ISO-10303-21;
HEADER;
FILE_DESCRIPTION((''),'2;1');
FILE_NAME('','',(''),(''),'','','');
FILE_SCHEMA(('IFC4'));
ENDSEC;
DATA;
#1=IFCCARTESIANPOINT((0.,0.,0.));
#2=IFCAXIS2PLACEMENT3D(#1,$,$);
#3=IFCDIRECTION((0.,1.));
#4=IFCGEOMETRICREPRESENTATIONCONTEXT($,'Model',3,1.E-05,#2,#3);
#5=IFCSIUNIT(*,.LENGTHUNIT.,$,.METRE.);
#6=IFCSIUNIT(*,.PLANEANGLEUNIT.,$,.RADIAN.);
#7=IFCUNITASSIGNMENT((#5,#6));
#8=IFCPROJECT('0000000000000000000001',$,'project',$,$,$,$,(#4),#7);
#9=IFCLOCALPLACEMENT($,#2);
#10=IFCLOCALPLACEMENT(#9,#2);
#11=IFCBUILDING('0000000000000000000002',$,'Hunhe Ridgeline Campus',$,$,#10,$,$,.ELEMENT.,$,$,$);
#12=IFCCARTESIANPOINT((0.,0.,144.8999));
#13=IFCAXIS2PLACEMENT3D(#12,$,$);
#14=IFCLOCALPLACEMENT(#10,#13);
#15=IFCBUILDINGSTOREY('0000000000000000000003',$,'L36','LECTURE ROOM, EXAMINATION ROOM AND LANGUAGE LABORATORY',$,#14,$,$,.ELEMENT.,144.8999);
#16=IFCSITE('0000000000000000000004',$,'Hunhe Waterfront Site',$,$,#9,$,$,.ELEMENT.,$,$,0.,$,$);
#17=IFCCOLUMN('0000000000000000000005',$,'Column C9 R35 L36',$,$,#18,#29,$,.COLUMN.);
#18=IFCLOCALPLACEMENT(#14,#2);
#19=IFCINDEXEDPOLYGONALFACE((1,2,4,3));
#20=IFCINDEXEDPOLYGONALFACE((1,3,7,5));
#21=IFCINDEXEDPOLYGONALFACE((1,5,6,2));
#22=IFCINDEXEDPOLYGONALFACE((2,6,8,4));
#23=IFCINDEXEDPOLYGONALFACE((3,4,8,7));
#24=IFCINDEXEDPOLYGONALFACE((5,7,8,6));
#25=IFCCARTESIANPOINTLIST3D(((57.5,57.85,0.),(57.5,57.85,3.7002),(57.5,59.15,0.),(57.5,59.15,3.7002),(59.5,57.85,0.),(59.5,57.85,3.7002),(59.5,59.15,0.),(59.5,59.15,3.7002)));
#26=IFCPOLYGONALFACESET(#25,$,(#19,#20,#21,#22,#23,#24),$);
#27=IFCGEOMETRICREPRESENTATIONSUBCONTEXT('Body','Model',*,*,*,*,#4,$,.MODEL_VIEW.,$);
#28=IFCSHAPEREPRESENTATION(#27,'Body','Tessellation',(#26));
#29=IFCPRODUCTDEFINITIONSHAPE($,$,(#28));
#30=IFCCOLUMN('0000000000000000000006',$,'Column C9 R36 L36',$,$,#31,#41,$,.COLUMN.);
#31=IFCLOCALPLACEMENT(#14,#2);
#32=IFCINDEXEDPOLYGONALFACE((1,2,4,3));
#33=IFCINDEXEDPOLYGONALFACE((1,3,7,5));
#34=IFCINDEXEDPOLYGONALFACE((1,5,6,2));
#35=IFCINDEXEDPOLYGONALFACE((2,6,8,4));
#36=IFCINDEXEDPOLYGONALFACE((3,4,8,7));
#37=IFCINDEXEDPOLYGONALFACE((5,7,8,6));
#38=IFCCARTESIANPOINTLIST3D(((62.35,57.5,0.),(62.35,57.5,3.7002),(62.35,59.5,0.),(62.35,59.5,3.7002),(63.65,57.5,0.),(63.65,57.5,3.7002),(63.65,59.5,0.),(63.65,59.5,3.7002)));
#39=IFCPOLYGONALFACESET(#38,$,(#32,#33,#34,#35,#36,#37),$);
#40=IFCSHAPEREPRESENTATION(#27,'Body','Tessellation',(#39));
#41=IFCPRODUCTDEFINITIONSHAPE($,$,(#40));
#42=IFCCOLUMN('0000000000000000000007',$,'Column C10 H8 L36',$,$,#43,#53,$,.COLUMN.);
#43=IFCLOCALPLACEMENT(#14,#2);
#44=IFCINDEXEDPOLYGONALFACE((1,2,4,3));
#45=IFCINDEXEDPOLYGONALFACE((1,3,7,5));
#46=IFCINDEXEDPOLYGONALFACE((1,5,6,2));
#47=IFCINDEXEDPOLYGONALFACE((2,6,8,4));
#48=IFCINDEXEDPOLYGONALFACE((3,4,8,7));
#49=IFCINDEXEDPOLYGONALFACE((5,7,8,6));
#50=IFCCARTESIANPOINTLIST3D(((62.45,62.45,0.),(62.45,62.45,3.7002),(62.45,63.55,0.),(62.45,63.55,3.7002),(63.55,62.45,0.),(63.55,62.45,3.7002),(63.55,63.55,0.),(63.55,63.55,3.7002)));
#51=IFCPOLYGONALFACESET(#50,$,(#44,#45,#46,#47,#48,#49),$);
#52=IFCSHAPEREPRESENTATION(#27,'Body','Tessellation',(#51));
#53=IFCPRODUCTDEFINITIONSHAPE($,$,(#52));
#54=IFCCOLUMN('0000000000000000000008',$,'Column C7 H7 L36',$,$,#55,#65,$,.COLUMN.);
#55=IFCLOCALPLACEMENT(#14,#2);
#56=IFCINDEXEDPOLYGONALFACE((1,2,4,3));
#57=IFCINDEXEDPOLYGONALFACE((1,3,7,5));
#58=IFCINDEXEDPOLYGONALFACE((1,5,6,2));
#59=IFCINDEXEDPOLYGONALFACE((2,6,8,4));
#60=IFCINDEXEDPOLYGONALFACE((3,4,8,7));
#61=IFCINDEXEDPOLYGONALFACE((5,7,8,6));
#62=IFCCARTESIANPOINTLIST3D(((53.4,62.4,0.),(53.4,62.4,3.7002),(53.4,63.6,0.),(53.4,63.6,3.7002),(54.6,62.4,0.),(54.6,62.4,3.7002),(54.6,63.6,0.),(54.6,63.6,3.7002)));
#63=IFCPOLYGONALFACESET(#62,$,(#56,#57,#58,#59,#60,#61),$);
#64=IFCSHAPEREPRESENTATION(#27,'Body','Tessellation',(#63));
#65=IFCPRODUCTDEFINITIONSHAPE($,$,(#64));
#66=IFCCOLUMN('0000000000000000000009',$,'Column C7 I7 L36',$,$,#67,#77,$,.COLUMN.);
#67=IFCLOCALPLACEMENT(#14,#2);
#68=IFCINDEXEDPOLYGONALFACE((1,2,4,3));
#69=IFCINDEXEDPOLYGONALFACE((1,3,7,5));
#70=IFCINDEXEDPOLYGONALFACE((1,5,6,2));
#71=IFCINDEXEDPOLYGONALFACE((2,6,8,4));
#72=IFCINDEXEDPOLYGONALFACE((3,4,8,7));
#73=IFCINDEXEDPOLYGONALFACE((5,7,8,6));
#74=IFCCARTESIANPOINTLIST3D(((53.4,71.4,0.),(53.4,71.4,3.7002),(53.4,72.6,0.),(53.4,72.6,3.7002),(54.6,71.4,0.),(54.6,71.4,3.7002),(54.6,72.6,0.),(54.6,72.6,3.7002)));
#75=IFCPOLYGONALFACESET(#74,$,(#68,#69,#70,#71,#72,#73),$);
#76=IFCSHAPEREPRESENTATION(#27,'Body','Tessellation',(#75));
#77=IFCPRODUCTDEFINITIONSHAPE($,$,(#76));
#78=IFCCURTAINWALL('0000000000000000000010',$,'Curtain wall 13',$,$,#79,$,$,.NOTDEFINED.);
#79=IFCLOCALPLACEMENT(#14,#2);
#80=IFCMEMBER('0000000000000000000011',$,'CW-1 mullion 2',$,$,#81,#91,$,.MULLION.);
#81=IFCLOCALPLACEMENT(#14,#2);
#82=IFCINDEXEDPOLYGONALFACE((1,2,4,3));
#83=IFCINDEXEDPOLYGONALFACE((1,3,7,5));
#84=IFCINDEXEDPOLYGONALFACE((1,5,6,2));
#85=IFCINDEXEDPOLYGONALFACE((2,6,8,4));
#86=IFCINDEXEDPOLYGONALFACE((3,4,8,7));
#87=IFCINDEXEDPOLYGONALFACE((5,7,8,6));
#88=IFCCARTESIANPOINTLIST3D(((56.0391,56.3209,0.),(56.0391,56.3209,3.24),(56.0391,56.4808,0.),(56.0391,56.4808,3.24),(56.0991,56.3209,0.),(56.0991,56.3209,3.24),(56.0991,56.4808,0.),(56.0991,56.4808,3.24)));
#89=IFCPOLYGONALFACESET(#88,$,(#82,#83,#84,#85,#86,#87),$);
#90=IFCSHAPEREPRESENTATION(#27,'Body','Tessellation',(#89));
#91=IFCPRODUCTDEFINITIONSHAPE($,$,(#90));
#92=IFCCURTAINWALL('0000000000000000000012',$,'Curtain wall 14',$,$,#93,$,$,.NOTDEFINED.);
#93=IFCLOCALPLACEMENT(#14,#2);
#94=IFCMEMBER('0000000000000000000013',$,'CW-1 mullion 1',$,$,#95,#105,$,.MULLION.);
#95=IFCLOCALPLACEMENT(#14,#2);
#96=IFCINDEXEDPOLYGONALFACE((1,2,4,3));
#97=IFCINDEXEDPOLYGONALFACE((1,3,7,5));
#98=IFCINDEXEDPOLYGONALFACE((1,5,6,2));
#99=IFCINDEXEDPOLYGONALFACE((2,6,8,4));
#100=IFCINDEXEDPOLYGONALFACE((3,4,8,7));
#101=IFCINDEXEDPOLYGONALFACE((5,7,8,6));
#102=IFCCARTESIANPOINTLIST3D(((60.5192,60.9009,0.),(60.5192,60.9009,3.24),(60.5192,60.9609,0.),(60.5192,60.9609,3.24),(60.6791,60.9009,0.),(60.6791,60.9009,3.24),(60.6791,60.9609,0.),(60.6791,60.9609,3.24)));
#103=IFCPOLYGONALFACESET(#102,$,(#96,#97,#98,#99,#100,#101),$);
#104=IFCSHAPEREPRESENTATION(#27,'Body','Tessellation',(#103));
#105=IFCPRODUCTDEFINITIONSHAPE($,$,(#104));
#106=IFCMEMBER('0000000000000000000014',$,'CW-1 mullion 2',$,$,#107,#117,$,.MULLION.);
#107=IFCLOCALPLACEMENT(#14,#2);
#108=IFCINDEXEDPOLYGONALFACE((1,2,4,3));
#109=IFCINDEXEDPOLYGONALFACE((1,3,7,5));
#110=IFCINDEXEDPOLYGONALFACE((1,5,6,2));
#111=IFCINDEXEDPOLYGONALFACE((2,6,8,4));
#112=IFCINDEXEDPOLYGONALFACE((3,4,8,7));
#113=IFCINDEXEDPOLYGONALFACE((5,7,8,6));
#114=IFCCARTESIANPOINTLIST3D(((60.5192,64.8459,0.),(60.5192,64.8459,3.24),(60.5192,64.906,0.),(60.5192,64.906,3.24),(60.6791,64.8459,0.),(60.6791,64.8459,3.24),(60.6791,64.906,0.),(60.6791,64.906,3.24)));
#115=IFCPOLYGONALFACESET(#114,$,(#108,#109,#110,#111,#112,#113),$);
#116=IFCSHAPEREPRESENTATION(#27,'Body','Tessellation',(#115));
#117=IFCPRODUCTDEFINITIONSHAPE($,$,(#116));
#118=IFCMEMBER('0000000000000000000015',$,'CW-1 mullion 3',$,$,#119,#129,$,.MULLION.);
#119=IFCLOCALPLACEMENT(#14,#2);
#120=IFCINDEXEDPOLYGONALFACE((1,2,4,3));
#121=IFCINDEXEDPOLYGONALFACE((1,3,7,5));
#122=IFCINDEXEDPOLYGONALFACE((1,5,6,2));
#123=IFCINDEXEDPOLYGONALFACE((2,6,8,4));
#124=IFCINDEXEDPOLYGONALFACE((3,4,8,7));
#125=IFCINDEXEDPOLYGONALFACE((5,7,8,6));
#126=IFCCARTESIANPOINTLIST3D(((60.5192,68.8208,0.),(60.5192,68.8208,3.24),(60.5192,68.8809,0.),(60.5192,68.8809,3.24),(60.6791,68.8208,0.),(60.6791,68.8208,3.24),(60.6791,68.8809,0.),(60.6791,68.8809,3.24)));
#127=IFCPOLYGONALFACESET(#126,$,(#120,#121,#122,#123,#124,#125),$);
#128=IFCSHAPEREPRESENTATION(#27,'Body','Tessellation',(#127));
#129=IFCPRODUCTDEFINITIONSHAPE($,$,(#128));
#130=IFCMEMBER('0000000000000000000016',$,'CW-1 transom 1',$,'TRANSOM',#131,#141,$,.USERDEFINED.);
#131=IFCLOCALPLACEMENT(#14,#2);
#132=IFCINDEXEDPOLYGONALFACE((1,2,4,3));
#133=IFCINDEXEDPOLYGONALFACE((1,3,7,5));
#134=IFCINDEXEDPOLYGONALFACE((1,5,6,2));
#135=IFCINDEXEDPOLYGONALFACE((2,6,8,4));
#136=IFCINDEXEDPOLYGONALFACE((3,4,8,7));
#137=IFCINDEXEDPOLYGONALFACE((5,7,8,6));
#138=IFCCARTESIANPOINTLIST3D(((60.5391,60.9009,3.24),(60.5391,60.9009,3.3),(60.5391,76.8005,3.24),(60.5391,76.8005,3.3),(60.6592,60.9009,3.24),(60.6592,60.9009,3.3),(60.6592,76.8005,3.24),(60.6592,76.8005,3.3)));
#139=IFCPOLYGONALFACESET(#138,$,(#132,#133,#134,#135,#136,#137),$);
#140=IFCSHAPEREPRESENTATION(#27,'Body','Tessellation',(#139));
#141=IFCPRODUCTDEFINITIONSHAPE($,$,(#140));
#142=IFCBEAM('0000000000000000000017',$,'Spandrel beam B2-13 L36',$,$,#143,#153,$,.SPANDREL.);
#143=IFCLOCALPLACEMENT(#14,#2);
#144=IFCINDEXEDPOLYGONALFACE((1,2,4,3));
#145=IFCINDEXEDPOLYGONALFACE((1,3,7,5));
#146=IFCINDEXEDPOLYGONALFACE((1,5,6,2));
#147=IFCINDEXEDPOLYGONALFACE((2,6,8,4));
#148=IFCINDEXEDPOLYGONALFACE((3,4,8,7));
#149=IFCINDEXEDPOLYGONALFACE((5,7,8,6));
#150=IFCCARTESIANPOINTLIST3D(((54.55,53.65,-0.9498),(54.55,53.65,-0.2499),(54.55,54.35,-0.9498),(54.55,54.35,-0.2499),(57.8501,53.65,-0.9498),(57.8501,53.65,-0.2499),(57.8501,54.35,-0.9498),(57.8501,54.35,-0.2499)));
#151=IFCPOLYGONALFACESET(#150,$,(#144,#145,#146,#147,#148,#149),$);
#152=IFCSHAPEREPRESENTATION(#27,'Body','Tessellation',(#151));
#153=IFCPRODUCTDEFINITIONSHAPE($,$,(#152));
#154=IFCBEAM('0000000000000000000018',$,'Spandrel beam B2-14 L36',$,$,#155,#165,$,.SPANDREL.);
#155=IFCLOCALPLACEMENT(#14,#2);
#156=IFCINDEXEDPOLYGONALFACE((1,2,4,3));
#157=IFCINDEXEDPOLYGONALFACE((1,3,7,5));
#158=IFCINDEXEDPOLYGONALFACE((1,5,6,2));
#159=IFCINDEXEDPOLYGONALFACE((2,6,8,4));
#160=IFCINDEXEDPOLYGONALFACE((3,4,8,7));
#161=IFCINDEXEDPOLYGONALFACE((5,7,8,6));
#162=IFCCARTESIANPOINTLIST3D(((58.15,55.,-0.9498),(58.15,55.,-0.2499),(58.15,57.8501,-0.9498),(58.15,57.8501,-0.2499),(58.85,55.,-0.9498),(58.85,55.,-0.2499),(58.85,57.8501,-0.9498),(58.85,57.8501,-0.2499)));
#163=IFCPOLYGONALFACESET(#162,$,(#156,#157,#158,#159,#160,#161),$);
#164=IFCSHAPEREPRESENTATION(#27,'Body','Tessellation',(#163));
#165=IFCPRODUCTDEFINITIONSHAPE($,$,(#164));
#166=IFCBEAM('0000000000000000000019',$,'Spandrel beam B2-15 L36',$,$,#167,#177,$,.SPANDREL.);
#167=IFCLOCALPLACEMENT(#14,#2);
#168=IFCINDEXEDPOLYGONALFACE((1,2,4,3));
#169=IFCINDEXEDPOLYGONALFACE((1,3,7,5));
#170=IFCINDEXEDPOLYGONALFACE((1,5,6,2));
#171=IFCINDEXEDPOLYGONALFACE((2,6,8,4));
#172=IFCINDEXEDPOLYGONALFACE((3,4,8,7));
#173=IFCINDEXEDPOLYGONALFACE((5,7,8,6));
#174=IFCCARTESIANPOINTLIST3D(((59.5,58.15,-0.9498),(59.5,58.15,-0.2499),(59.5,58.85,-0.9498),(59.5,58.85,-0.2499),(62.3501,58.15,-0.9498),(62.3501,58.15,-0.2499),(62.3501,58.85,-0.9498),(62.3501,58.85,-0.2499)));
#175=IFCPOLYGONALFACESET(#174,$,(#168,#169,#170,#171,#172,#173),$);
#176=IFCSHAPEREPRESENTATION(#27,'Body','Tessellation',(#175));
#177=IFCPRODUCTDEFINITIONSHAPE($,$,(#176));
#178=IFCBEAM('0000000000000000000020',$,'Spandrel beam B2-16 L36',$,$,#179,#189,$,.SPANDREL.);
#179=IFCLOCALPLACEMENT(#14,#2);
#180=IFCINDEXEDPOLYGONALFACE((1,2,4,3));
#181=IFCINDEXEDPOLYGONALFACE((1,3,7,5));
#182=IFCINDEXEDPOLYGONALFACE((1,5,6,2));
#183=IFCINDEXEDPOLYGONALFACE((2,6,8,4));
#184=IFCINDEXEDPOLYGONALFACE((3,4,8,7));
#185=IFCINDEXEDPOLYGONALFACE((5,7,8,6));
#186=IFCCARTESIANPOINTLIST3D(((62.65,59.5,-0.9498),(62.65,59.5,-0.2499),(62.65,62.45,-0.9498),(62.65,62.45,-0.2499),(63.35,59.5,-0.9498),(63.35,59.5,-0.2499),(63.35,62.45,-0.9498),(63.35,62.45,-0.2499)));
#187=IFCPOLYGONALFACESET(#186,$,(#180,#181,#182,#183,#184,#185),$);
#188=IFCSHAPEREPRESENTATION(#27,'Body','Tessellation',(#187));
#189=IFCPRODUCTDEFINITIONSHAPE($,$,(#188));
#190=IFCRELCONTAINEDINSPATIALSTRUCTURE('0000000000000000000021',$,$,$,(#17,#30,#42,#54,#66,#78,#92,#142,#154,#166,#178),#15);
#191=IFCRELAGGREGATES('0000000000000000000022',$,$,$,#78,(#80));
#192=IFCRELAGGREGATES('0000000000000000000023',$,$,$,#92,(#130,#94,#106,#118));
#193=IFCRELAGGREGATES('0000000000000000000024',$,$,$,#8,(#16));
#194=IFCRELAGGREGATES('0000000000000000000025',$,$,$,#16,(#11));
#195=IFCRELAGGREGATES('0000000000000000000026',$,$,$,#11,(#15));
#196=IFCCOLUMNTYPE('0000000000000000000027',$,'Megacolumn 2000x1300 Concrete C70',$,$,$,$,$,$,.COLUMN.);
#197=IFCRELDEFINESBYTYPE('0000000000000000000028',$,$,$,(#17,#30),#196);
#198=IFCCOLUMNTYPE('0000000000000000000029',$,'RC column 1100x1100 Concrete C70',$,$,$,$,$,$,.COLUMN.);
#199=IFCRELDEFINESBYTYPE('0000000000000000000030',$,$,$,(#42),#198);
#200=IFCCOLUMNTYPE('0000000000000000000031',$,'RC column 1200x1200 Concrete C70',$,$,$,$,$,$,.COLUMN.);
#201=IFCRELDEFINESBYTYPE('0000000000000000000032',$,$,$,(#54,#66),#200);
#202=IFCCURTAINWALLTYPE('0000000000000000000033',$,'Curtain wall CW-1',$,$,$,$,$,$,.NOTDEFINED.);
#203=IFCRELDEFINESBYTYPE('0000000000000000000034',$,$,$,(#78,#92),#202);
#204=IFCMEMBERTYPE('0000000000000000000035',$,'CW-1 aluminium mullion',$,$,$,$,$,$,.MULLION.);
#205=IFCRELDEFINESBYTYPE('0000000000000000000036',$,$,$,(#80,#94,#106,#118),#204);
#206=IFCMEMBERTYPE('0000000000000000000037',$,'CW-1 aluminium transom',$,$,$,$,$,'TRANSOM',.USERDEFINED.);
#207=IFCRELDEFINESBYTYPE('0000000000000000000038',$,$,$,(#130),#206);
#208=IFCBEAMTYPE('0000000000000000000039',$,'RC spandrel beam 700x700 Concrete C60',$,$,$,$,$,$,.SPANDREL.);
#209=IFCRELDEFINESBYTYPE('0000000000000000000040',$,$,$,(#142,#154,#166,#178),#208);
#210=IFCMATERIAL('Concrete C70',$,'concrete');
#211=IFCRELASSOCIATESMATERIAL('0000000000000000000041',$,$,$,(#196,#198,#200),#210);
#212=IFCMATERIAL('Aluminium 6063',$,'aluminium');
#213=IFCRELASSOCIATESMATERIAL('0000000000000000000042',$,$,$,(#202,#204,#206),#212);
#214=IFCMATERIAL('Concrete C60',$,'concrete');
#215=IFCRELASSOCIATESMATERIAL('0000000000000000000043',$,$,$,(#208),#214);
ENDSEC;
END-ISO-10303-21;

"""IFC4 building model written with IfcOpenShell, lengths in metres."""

from ifc_helpers import new_model, si_unit, direction, frame, origin, origin_2d, place, context, subcontext, project, spatial, rectangle, extrude, material, material_profile, profile_set, type_object, element, aggregate, save


model = new_model("IFC4")

# Units and contexts
model_context = context("Model", 3, precision=1e-05, world=origin(), true_north=direction((0.0, 1.0)))
body_context = subcontext(model_context, "Body", "Model", "MODEL_VIEW")
ifc_project = project(units=[si_unit("LENGTHUNIT", "METRE"), si_unit("PLANEANGLEUNIT", "RADIAN")], contexts=[model_context])

# Site, building, storey
site_placement = place(None, origin())
site = spatial("IfcSite", under=ifc_project, at=site_placement, Name="Hunhe Waterfront Site", CompositionType="ELEMENT", RefElevation=0.0)
building_placement = place(site_placement, origin())
building = spatial("IfcBuilding", under=site, at=building_placement, Name="Hunhe Ridgeline Campus", CompositionType="ELEMENT")
storey_placement = place(building_placement, frame((0.0, 0.0, 144.8999)))
storey = spatial("IfcBuildingStorey", under=building, at=storey_placement, Name="L36", Description="LECTURE ROOM, EXAMINATION ROOM AND LANGUAGE LABORATORY", CompositionType="ELEMENT", Elevation=144.8999)

# Columns
ifc_material_1 = material(Name="Concrete C70", Category="concrete")
ifc_material_profile_1 = material_profile(ifc_material_1, rectangle(XDim=2.0, YDim=1.3, at=origin_2d()))
ifc_profile_set_1 = profile_set([ifc_material_profile_1], Name="Concrete C70")
column_type_1 = type_object("IfcColumnType", Name="Megacolumn 2000x1300 Concrete C70", PredefinedType="COLUMN", material=ifc_profile_set_1)
for number, where, z_axis, x_axis, name in (
    (1, (58.5, 58.5, 0.0), (0.0, 0.0, 1.0), (1.0, 0.0, 0.0), "Column C9 R35 L36"),
    (2, (63.0, 58.5, 0.0), (0.0, 0.0, 1.0), (0.0, 1.0, 0.0), "Column C9 R36 L36"),
):
    element("IfcColumn", number, at=place(storey_placement, frame(where, z_axis=z_axis, x_axis=x_axis)), inside=storey, type_object=column_type_1, Name=name, PredefinedType="COLUMN", context=body_context, shape_type="SweptSolid", body=[
        extrude(rectangle(XDim=2.0, YDim=1.3, at=origin_2d()), origin(), (0.0, 0.0, 1.0), 3.7002),
    ])
ifc_material_profile_2 = material_profile(ifc_material_1, rectangle(XDim=1.1001, YDim=1.1001, at=origin_2d()))
ifc_profile_set_2 = profile_set([ifc_material_profile_2], Name="Concrete C70")
column_type_2 = type_object("IfcColumnType", Name="RC column 1100x1100 Concrete C70", PredefinedType="COLUMN", material=ifc_profile_set_2)
column_placement = place(storey_placement, frame((63.0, 63.0, 0.0), z_axis=(0.0, 0.0, 1.0), x_axis=(1.0, 0.0, 0.0)))
element("IfcColumn", 3, at=column_placement, inside=storey, type_object=column_type_2, Name="Column C10 H8 L36", PredefinedType="COLUMN", context=body_context, shape_type="SweptSolid", body=[
    extrude(rectangle(XDim=1.1001, YDim=1.1001, at=origin_2d()), origin(), (0.0, 0.0, 1.0), 3.7002),
])
ifc_material_profile_3 = material_profile(ifc_material_1, rectangle(XDim=1.2, YDim=1.2, at=origin_2d()))
ifc_profile_set_3 = profile_set([ifc_material_profile_3], Name="Concrete C70")
column_type_3 = type_object("IfcColumnType", Name="RC column 1200x1200 Concrete C70", PredefinedType="COLUMN", material=ifc_profile_set_3)
for number, where, z_axis, x_axis, name in (
    (4, (54.0, 63.0, 0.0), (0.0, 0.0, 1.0), (1.0, 0.0, 0.0), "Column C7 H7 L36"),
    (5, (54.0, 72.0, 0.0), (0.0, 0.0, 1.0), (1.0, 0.0, 0.0), "Column C7 I7 L36"),
):
    element("IfcColumn", number, at=place(storey_placement, frame(where, z_axis=z_axis, x_axis=x_axis)), inside=storey, type_object=column_type_3, Name=name, PredefinedType="COLUMN", context=body_context, shape_type="SweptSolid", body=[
        extrude(rectangle(XDim=1.2, YDim=1.2, at=origin_2d()), origin(), (0.0, 0.0, 1.0), 3.7002),
    ])

# Curtain wall, member
ifc_material_2 = material(Name="Aluminium 6063", Category="aluminium")
curtain_wall_type = type_object("IfcCurtainWallType", Name="Curtain wall CW-1", PredefinedType="NOTDEFINED", material=ifc_material_2)
curtain_wall_1_placement = place(storey_placement, origin())
curtain_wall_1 = element("IfcCurtainWall", 6, at=curtain_wall_1_placement, inside=storey, type_object=curtain_wall_type, Name="Curtain wall 13", PredefinedType="NOTDEFINED")
ifc_material_profile_4 = material_profile(ifc_material_2, rectangle(XDim=0.1599, YDim=0.0601, at=origin_2d()))
ifc_profile_set_4 = profile_set([ifc_material_profile_4], Name="Aluminium 6063")
member_type_1 = type_object("IfcMemberType", Name="CW-1 aluminium mullion", PredefinedType="MULLION", material=ifc_profile_set_4)
member_1_placement = place(storey_placement, frame((56.0691, 56.4009, 0.0), z_axis=(0.0, 0.0, 1.0), x_axis=(-0.000002, 1.0, 0.0)))
member_1 = element("IfcMember", 7, at=member_1_placement, type_object=member_type_1, Name="CW-1 mullion 2", PredefinedType="MULLION", context=body_context, shape_type="SweptSolid", body=[
    extrude(rectangle(XDim=0.1599, YDim=0.0601, at=origin_2d()), origin(), (0.0, 0.0, 1.0), 3.24),
])
aggregate(curtain_wall_1, [member_1])

# Curtain wall, members
curtain_wall_2_placement = place(storey_placement, origin())
curtain_wall_2 = element("IfcCurtainWall", 8, at=curtain_wall_2_placement, inside=storey, type_object=curtain_wall_type, Name="Curtain wall 14", PredefinedType="NOTDEFINED")
member_2_placement = place(storey_placement, frame((60.5991, 60.9309, 0.0), z_axis=(0.0, 0.0, 1.0), x_axis=(-1.0, 0.0, 0.0)))
member_2 = element("IfcMember", 9, at=member_2_placement, type_object=member_type_1, Name="CW-1 mullion 1", PredefinedType="MULLION", context=body_context, shape_type="SweptSolid", body=[
    extrude(rectangle(XDim=0.1599, YDim=0.0601, at=origin_2d()), origin(), (0.0, 0.0, 1.0), 3.24),
])
member_3_placement = place(storey_placement, frame((60.5991, 64.876, 0.0), z_axis=(0.0, 0.0, 1.0), x_axis=(-1.0, 0.0, 0.0)))
member_3 = element("IfcMember", 10, at=member_3_placement, type_object=member_type_1, Name="CW-1 mullion 2", PredefinedType="MULLION", context=body_context, shape_type="SweptSolid", body=[
    extrude(rectangle(XDim=0.1599, YDim=0.0601, at=origin_2d()), origin(), (0.0, 0.0, 1.0), 3.24),
])
member_4_placement = place(storey_placement, frame((60.5991, 68.8508, 0.0), z_axis=(0.0, 0.0, 1.0), x_axis=(-1.0, 0.0, 0.0)))
member_4 = element("IfcMember", 11, at=member_4_placement, type_object=member_type_1, Name="CW-1 mullion 3", PredefinedType="MULLION", context=body_context, shape_type="SweptSolid", body=[
    extrude(rectangle(XDim=0.1599, YDim=0.0601, at=origin_2d()), origin(), (0.0, 0.0, 1.0), 3.24),
])
ifc_material_profile_5 = material_profile(ifc_material_2, rectangle(XDim=0.1201, YDim=0.0601, at=origin_2d()))
ifc_profile_set_5 = profile_set([ifc_material_profile_5], Name="Aluminium 6063")
member_type_2 = type_object("IfcMemberType", Name="CW-1 aluminium transom", ElementType="TRANSOM", PredefinedType="USERDEFINED", material=ifc_profile_set_5)
member_5_placement = place(storey_placement, frame((60.5991, 60.9009, 3.27), z_axis=(0.0, 1.0, 0.0), x_axis=(-1.0, 0.0, 0.0)))
member_5 = element("IfcMember", 12, at=member_5_placement, type_object=member_type_2, Name="CW-1 transom 1", ObjectType="TRANSOM", PredefinedType="USERDEFINED", context=body_context, shape_type="SweptSolid", body=[
    extrude(rectangle(XDim=0.1201, YDim=0.0601, at=origin_2d()), origin(), (0.0, 0.0, 1.0), 15.8997),
])

# Beams
ifc_material_3 = material(Name="Concrete C60", Category="concrete")
ifc_material_profile_6 = material_profile(ifc_material_3, rectangle(XDim=0.7, YDim=0.7, at=origin_2d()))
ifc_profile_set_6 = profile_set([ifc_material_profile_6], Name="Concrete C60")
beam_type = type_object("IfcBeamType", Name="RC spandrel beam 700x700 Concrete C60", PredefinedType="SPANDREL", material=ifc_profile_set_6)
beam_1_placement = place(storey_placement, frame((54.55, 54.0, -0.5999), z_axis=(1.0, 0.0, 0.0), x_axis=(0.0, 1.0, 0.0)))
element("IfcBeam", 13, at=beam_1_placement, inside=storey, type_object=beam_type, Name="Spandrel beam B2-13 L36", PredefinedType="SPANDREL", context=body_context, shape_type="SweptSolid", body=[
    extrude(rectangle(XDim=0.7, YDim=0.7, at=origin_2d()), origin(), (0.0, 0.0, 1.0), 3.3),
])
for number, where, z_axis, x_axis, name in (
    (14, (58.5, 55.0, -0.5999), (0.0, 1.0, 0.0), (-1.0, 0.0, 0.0), "Spandrel beam B2-14 L36"),
    (15, (59.5, 58.5, -0.5999), (1.0, 0.0, 0.0), (0.0, 1.0, 0.0), "Spandrel beam B2-15 L36"),
):
    element("IfcBeam", number, at=place(storey_placement, frame(where, z_axis=z_axis, x_axis=x_axis)), inside=storey, type_object=beam_type, Name=name, PredefinedType="SPANDREL", context=body_context, shape_type="SweptSolid", body=[
        extrude(rectangle(XDim=0.7, YDim=0.7, at=origin_2d()), origin(), (0.0, 0.0, 1.0), 2.8501),
    ])
beam_2_placement = place(storey_placement, frame((63.0, 59.5, -0.5999), z_axis=(0.0, 1.0, 0.0), x_axis=(-1.0, 0.0, 0.0)))
element("IfcBeam", 16, at=beam_2_placement, inside=storey, type_object=beam_type, Name="Spandrel beam B2-16 L36", PredefinedType="SPANDREL", context=body_context, shape_type="SweptSolid", body=[
    extrude(rectangle(XDim=0.7, YDim=0.7, at=origin_2d()), origin(), (0.0, 0.0, 1.0), 2.95),
])

aggregate(curtain_wall_2, [member_5, member_2, member_3, member_4])

save(model, "model.ifc")
